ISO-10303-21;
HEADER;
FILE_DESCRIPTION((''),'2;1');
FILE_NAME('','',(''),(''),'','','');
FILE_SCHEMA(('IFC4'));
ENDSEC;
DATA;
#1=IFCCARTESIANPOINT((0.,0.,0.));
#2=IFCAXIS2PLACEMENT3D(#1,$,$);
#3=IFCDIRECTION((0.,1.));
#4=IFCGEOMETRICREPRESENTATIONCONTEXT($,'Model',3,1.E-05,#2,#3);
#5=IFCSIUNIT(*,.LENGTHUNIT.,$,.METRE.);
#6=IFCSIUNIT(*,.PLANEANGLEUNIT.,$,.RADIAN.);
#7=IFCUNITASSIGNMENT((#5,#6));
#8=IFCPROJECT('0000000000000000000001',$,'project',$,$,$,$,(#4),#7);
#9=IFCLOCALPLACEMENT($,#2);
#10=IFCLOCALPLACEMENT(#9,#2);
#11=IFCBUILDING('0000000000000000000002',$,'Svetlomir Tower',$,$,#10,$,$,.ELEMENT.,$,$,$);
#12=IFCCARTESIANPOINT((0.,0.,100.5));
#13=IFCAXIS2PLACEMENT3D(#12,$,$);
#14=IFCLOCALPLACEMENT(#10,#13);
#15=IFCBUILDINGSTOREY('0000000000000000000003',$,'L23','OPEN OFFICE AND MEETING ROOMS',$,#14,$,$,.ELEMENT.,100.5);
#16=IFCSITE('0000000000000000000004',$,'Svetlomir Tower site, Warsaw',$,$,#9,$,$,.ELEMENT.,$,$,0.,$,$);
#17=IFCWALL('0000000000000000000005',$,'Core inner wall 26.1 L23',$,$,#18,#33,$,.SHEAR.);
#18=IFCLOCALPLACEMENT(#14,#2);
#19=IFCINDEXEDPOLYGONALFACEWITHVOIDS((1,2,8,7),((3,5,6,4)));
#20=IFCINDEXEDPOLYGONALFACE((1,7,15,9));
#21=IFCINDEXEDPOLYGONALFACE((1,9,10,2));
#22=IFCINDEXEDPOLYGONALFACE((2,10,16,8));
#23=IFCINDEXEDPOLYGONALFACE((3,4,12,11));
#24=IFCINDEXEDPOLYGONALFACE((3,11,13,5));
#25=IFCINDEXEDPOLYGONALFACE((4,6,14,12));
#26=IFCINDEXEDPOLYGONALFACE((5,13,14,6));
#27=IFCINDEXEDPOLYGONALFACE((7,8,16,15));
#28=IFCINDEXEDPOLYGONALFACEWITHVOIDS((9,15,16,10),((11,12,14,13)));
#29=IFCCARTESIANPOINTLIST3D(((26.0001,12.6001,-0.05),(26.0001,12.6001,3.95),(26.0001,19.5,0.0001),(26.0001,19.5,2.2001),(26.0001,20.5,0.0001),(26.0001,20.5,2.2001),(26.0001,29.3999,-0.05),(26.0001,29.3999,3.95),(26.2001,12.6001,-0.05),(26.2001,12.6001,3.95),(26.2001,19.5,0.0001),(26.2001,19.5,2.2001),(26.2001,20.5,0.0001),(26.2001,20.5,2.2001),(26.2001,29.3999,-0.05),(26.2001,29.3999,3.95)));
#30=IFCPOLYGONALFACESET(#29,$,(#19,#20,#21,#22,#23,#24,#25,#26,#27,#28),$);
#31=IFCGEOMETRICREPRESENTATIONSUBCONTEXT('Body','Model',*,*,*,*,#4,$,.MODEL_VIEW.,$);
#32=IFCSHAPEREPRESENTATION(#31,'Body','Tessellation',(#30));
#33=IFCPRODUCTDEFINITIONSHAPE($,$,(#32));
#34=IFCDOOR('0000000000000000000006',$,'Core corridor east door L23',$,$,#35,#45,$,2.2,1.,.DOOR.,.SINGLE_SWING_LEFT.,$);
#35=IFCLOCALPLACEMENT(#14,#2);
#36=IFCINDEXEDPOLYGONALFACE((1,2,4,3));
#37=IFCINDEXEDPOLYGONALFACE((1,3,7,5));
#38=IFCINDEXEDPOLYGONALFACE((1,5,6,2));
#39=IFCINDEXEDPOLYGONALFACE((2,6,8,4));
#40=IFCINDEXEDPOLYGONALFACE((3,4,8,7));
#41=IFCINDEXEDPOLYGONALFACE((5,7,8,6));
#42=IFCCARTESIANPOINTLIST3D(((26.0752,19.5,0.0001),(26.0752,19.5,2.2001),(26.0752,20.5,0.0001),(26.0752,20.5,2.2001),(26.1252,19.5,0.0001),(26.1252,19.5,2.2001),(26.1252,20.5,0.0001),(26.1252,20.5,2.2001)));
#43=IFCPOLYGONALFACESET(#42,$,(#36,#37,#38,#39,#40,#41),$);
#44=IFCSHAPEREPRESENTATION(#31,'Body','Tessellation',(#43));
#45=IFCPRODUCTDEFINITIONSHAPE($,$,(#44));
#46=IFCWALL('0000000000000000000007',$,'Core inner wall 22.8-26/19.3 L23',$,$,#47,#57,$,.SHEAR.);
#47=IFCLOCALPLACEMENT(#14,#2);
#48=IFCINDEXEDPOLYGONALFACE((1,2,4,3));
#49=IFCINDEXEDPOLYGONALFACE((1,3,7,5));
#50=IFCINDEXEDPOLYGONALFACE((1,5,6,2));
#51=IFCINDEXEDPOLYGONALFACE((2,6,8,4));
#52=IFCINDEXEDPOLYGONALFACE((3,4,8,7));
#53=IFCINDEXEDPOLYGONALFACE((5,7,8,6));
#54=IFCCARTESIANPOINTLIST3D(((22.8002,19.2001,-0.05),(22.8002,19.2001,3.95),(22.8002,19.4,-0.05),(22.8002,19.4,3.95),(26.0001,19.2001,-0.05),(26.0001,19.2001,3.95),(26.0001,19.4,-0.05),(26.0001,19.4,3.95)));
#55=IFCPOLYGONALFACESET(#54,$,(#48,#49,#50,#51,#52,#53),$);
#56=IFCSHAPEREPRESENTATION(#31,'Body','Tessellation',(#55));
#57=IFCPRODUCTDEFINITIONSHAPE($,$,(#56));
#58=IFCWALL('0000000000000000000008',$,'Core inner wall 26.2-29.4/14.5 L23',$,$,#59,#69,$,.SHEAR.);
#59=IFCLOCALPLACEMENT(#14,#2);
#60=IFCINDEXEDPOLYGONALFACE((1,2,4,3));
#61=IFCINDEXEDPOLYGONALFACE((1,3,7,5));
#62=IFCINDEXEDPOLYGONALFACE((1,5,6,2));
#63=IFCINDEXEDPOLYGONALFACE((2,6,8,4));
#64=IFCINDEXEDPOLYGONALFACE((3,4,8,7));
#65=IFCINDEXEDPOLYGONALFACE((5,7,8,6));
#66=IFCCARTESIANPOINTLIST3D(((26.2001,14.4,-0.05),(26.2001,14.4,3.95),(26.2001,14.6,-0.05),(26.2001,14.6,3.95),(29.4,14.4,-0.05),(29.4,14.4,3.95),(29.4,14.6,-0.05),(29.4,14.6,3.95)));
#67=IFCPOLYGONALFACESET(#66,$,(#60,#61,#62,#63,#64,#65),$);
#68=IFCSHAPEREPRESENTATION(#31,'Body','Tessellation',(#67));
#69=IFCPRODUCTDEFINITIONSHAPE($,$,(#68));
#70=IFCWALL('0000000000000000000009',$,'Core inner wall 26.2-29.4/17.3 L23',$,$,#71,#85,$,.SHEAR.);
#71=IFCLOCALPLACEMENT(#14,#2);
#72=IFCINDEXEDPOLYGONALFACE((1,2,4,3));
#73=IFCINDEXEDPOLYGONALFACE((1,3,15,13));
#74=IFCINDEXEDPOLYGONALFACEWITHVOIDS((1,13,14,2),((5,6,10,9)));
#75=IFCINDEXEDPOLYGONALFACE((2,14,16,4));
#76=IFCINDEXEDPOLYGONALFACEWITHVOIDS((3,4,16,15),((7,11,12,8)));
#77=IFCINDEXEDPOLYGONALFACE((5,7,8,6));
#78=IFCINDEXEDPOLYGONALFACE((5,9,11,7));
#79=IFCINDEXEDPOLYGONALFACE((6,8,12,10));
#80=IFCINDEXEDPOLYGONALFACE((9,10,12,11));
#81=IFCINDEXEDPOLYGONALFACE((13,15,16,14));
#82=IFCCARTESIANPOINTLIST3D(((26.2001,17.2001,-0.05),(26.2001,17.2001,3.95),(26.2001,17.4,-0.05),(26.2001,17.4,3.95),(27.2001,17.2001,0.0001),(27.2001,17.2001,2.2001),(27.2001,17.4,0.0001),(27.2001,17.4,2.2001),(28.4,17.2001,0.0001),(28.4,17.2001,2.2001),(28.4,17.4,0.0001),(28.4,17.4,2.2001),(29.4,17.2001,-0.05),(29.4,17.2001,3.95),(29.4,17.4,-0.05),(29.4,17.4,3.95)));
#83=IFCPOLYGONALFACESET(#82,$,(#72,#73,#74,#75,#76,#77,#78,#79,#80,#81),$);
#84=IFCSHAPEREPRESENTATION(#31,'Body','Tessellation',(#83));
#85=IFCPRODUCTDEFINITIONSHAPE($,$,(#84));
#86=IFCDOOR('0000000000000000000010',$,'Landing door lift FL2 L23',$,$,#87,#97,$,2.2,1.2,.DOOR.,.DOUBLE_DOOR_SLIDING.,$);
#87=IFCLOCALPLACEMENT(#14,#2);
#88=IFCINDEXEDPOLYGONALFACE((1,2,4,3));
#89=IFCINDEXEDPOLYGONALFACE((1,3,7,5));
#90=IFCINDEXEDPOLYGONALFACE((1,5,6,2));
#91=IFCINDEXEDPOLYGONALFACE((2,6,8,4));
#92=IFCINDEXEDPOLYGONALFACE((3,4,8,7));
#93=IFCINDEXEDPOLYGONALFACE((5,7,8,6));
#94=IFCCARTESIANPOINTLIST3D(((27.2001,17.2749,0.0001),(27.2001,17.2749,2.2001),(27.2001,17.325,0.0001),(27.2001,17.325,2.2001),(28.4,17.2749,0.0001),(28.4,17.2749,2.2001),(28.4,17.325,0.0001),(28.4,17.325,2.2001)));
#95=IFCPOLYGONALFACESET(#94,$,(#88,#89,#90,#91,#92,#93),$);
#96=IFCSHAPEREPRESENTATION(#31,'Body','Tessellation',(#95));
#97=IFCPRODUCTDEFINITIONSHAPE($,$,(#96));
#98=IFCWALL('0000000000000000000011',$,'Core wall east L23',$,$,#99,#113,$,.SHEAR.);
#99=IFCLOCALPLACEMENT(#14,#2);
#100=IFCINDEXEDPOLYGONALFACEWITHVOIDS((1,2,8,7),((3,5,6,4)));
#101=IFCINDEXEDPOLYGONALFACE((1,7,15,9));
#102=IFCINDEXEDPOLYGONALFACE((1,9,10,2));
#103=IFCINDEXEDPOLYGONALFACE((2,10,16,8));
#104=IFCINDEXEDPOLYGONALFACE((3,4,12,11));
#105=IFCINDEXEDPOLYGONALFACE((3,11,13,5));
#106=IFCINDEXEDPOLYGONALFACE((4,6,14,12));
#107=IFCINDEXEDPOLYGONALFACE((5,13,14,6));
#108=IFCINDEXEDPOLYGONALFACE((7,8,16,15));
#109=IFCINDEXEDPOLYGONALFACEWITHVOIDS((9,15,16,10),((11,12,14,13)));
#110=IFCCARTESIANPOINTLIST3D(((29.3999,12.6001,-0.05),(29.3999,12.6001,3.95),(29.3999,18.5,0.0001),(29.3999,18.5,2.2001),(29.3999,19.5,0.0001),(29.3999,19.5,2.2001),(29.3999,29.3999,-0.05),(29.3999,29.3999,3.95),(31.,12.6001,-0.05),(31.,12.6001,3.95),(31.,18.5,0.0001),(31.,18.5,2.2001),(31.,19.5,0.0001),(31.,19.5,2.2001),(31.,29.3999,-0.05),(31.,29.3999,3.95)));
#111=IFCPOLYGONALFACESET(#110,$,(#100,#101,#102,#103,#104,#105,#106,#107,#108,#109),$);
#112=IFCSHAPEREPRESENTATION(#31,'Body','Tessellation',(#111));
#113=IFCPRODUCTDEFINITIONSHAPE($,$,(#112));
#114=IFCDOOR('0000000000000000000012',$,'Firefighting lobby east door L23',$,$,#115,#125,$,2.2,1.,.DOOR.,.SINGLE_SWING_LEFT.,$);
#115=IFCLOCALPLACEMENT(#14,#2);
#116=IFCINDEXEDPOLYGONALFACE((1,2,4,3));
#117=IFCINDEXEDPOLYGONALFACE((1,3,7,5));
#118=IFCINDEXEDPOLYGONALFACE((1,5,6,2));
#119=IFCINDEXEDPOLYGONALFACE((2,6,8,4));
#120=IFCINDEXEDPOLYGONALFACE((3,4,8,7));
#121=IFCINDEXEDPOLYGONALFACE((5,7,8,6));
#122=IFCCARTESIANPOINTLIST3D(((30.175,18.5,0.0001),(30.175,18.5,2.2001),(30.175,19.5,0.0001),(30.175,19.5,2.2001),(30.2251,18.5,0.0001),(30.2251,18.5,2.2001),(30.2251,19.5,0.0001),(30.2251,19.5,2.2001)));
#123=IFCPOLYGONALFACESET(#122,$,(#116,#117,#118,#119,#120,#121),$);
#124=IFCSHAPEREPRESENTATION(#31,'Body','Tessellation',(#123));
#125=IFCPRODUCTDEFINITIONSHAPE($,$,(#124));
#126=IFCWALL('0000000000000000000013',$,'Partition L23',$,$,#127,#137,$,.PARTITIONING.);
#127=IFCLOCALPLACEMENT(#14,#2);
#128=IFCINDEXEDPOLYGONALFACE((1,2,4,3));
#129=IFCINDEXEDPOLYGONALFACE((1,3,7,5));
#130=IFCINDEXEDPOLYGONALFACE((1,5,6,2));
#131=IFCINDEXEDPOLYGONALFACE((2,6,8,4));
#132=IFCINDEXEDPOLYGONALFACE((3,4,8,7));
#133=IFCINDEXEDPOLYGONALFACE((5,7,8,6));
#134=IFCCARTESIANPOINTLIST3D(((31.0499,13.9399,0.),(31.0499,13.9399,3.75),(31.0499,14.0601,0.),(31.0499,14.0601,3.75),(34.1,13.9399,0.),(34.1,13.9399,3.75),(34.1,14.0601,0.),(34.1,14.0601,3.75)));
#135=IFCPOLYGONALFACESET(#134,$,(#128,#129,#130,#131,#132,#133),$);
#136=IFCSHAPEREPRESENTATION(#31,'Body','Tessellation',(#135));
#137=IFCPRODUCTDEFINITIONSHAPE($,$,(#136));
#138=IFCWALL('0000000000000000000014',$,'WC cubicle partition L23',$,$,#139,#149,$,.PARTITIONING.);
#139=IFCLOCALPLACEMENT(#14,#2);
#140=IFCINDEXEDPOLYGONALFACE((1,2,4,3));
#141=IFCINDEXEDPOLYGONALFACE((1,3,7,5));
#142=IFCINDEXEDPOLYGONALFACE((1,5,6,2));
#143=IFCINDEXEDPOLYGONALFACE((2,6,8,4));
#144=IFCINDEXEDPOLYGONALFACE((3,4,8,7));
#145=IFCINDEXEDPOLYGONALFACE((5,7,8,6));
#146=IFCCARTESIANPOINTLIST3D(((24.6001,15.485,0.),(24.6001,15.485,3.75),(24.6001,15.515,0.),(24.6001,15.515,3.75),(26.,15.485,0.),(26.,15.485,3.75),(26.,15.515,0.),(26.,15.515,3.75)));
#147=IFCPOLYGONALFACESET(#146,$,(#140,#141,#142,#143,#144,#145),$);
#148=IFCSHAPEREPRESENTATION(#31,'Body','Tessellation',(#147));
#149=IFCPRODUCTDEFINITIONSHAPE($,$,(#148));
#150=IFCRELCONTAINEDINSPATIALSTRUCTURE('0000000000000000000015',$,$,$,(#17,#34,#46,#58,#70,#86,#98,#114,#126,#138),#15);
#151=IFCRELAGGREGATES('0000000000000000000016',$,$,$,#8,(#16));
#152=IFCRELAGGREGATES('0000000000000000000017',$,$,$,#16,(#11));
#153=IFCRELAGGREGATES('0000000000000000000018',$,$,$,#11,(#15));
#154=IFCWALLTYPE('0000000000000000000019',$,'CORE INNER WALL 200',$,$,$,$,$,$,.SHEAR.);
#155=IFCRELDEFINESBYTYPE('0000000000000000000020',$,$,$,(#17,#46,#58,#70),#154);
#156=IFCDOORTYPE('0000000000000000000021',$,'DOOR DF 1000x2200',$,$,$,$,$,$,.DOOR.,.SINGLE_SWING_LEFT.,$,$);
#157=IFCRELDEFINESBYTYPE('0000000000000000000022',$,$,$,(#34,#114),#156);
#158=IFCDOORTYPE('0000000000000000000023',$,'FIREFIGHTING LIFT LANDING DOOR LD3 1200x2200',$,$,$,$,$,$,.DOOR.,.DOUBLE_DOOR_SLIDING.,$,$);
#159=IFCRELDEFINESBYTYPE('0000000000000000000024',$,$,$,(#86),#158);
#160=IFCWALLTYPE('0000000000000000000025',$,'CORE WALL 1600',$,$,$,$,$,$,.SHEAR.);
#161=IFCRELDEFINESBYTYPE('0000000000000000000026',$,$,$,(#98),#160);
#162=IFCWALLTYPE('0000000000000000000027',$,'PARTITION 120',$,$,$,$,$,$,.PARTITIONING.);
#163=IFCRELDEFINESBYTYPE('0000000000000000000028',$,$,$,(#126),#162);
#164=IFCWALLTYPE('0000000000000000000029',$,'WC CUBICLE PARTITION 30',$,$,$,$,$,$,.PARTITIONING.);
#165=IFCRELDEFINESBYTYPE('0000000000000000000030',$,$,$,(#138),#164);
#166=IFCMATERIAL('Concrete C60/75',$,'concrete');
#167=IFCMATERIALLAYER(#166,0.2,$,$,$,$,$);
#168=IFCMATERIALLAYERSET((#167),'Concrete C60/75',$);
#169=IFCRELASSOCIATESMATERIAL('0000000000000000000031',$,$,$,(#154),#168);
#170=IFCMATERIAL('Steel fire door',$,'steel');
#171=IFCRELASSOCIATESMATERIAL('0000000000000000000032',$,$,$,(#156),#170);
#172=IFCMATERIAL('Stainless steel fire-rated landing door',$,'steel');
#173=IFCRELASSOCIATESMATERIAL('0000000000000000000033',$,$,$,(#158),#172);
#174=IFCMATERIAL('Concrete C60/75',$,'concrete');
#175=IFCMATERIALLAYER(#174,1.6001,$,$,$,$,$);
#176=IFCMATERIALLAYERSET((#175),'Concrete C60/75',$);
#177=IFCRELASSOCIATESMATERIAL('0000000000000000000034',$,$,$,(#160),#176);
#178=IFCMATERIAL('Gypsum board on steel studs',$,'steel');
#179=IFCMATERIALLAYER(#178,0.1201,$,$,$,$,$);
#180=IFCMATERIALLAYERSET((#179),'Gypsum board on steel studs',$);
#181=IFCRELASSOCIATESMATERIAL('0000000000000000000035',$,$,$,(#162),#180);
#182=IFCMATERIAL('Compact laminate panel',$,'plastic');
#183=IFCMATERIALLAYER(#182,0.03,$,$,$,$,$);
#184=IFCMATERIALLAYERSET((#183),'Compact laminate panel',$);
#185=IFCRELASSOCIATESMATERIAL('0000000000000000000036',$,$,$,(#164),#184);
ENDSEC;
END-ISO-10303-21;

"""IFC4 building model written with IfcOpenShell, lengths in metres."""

from ifc_helpers import new_model, si_unit, direction, frame, frame_2d, origin, place, context, subcontext, project, spatial, rectangle, extrude, material, layer, layer_set, type_object, element, fill, save


model = new_model("IFC4")

# Units and contexts
model_context = context("Model", 3, precision=1e-05, world=origin(), true_north=direction((0.0, 1.0)))
body_context = subcontext(model_context, "Body", "Model", "MODEL_VIEW")
ifc_project = project(units=[si_unit("LENGTHUNIT", "METRE"), si_unit("PLANEANGLEUNIT", "RADIAN")], contexts=[model_context])

# Site, building, storey
site_placement = place(None, origin())
site = spatial("IfcSite", under=ifc_project, at=site_placement, Name="Svetlomir Tower site, Warsaw", CompositionType="ELEMENT", RefElevation=0.0)
building_placement = place(site_placement, origin())
building = spatial("IfcBuilding", under=site, at=building_placement, Name="Svetlomir Tower", CompositionType="ELEMENT")
storey_placement = place(building_placement, frame((0.0, 0.0, 100.5)))
storey = spatial("IfcBuildingStorey", under=building, at=storey_placement, Name="L23", Description="OPEN OFFICE AND MEETING ROOMS", CompositionType="ELEMENT", Elevation=100.5)

# Wall, opening, door
ifc_material_1 = material(Name="Concrete C60/75", Category="concrete")
ifc_layer_1 = layer(ifc_material_1, 0.2)
ifc_layer_set_1 = layer_set([ifc_layer_1], Name="Concrete C60/75")
wall_type_1 = type_object("IfcWallType", Name="CORE INNER WALL 200", PredefinedType="SHEAR", material=ifc_layer_set_1)
wall_1_placement = place(storey_placement, frame((26.1001, 12.6001, -0.05), z_axis=(0.0, 0.0, 1.0), x_axis=(0.0, 1.0, 0.0)))
wall_1 = element("IfcWall", 1, at=wall_1_placement, inside=storey, type_object=wall_type_1, Name="Core inner wall 26.1 L23", PredefinedType="SHEAR", context=body_context, shape_type="SweptSolid", body=[
    extrude(rectangle(XDim=16.7998, YDim=0.2, at=frame_2d((8.3999, 0.0))), origin(), (0.0, 0.0, 1.0), 4.0),
])
opening_1_placement = place(wall_1_placement, frame((6.8999, 0.0, 0.05)))
opening_1 = element("IfcOpeningElement", 2, at=opening_1_placement, cuts=wall_1, PredefinedType="OPENING", context=body_context, shape_type="SweptSolid", body=[
    extrude(rectangle(XDim=1.0, YDim=2.2, at=frame_2d((0.5, 1.1001))), frame((0.0, 0.1099, 0.0), z_axis=(0.0, -1.0, 0.0), x_axis=(1.0, 0.0, 0.0)), (0.0, 0.0, 1.0), 0.22),
])
ifc_material_2 = material(Name="Steel fire door", Category="steel")
door_type_1 = type_object("IfcDoorType", Name="DOOR DF 1000x2200", OperationType="SINGLE_SWING_LEFT", PredefinedType="DOOR", material=ifc_material_2)
door_1_placement = place(opening_1_placement, origin())
door_1 = element("IfcDoor", 3, at=door_1_placement, inside=storey, type_object=door_type_1, Name="Core corridor east door L23", OperationType="SINGLE_SWING_LEFT", OverallHeight=2.2, OverallWidth=1.0, PredefinedType="DOOR", context=body_context, shape_type="SweptSolid", body=[
    extrude(rectangle(XDim=1.0, YDim=2.2, at=frame_2d((0.5, 1.1001))), frame((0.0, 0.0249, 0.0), z_axis=(0.0, -1.0, 0.0), x_axis=(1.0, 0.0, 0.0)), (0.0, 0.0, 1.0), 0.05),
])
fill(opening_1, door_1)

# Walls
for number, where, z_axis, x_axis, name in (
    (4, (22.8, 19.3, -0.05), (0.0, 0.0, 1.0), (1.0, 0.0, 0.0), "Core inner wall 22.8-26/19.3 L23"),
    (5, (26.2, 14.5, -0.05), (0.0, 0.0, 1.0), (1.0, 0.0, 0.0), "Core inner wall 26.2-29.4/14.5 L23"),
):
    element("IfcWall", number, at=place(storey_placement, frame(where, z_axis=z_axis, x_axis=x_axis)), inside=storey, type_object=wall_type_1, Name=name, PredefinedType="SHEAR", context=body_context, shape_type="SweptSolid", body=[
        extrude(rectangle(XDim=3.2, YDim=0.2, at=frame_2d((1.6001, 0.0))), origin(), (0.0, 0.0, 1.0), 4.0),
    ])

# Walls, openings, doors
wall_2_placement = place(storey_placement, frame((26.2, 17.3, -0.05), z_axis=(0.0, 0.0, 1.0), x_axis=(1.0, 0.0, 0.0)))
wall_2 = element("IfcWall", 6, at=wall_2_placement, inside=storey, type_object=wall_type_1, Name="Core inner wall 26.2-29.4/17.3 L23", PredefinedType="SHEAR", context=body_context, shape_type="SweptSolid", body=[
    extrude(rectangle(XDim=3.2, YDim=0.2, at=frame_2d((1.6001, 0.0))), origin(), (0.0, 0.0, 1.0), 4.0),
])
opening_2_placement = place(wall_2_placement, frame((1.0, 0.0, 0.05)))
opening_2 = element("IfcOpeningElement", 7, at=opening_2_placement, cuts=wall_2, PredefinedType="OPENING", context=body_context, shape_type="SweptSolid", body=[
    extrude(rectangle(XDim=1.2, YDim=2.2, at=frame_2d((0.6001, 1.1001))), frame((0.0, 0.1099, 0.0), z_axis=(0.0, -1.0, 0.0), x_axis=(1.0, 0.0, 0.0)), (0.0, 0.0, 1.0), 0.22),
])
ifc_material_3 = material(Name="Stainless steel fire-rated landing door", Category="steel")
door_type_2 = type_object("IfcDoorType", Name="FIREFIGHTING LIFT LANDING DOOR LD3 1200x2200", OperationType="DOUBLE_DOOR_SLIDING", PredefinedType="DOOR", material=ifc_material_3)
door_2_placement = place(opening_2_placement, origin())
door_2 = element("IfcDoor", 8, at=door_2_placement, inside=storey, type_object=door_type_2, Name="Landing door lift FL2 L23", OperationType="DOUBLE_DOOR_SLIDING", OverallHeight=2.2, OverallWidth=1.2, PredefinedType="DOOR", context=body_context, shape_type="SweptSolid", body=[
    extrude(rectangle(XDim=1.2, YDim=2.2, at=frame_2d((0.6001, 1.1001))), frame((0.0, 0.0249, 0.0), z_axis=(0.0, -1.0, 0.0), x_axis=(1.0, 0.0, 0.0)), (0.0, 0.0, 1.0), 0.05),
])
fill(opening_2, door_2)
ifc_material_4 = material(Name="Concrete C60/75", Category="concrete")
ifc_layer_2 = layer(ifc_material_4, 1.6001)
ifc_layer_set_2 = layer_set([ifc_layer_2], Name="Concrete C60/75")
wall_type_2 = type_object("IfcWallType", Name="CORE WALL 1600", PredefinedType="SHEAR", material=ifc_layer_set_2)
wall_3_placement = place(storey_placement, frame((30.2, 12.6001, -0.05), z_axis=(0.0, 0.0, 1.0), x_axis=(0.0, 1.0, 0.0)))
wall_3 = element("IfcWall", 9, at=wall_3_placement, inside=storey, type_object=wall_type_2, Name="Core wall east L23", PredefinedType="SHEAR", context=body_context, shape_type="SweptSolid", body=[
    extrude(rectangle(XDim=16.7998, YDim=1.6001, at=frame_2d((8.3999, 0.0))), origin(), (0.0, 0.0, 1.0), 4.0),
])
opening_3_placement = place(wall_3_placement, frame((5.8999, 0.0, 0.05)))
opening_3 = element("IfcOpeningElement", 10, at=opening_3_placement, cuts=wall_3, PredefinedType="OPENING", context=body_context, shape_type="SweptSolid", body=[
    extrude(rectangle(XDim=1.0, YDim=2.2, at=frame_2d((0.5, 1.1001))), frame((0.0, 0.8101, 0.0), z_axis=(0.0, -1.0, 0.0), x_axis=(1.0, 0.0, 0.0)), (0.0, 0.0, 1.0), 1.6201),
])
door_3_placement = place(opening_3_placement, origin())
door_3 = element("IfcDoor", 11, at=door_3_placement, inside=storey, type_object=door_type_1, Name="Firefighting lobby east door L23", OperationType="SINGLE_SWING_LEFT", OverallHeight=2.2, OverallWidth=1.0, PredefinedType="DOOR", context=body_context, shape_type="SweptSolid", body=[
    extrude(rectangle(XDim=1.0, YDim=2.2, at=frame_2d((0.5, 1.1001))), frame((0.0, 0.0249, 0.0), z_axis=(0.0, -1.0, 0.0), x_axis=(1.0, 0.0, 0.0)), (0.0, 0.0, 1.0), 0.05),
])
fill(opening_3, door_3)

# Walls
ifc_material_5 = material(Name="Gypsum board on steel studs", Category="steel")
ifc_layer_3 = layer(ifc_material_5, 0.1201)
ifc_layer_set_3 = layer_set([ifc_layer_3], Name="Gypsum board on steel studs")
wall_type_3 = type_object("IfcWallType", Name="PARTITION 120", PredefinedType="PARTITIONING", material=ifc_layer_set_3)
wall_4_placement = place(storey_placement, frame((31.05, 14.0, 0.0), z_axis=(0.0, 0.0, 1.0), x_axis=(1.0, 0.0, 0.0)))
element("IfcWall", 12, at=wall_4_placement, inside=storey, type_object=wall_type_3, Name="Partition L23", PredefinedType="PARTITIONING", context=body_context, shape_type="SweptSolid", body=[
    extrude(rectangle(XDim=3.05, YDim=0.1201, at=frame_2d((1.5249, 0.0))), origin(), (0.0, 0.0, 1.0), 3.75),
])
ifc_material_6 = material(Name="Compact laminate panel", Category="plastic")
ifc_layer_4 = layer(ifc_material_6, 0.03)
ifc_layer_set_4 = layer_set([ifc_layer_4], Name="Compact laminate panel")
wall_type_4 = type_object("IfcWallType", Name="WC CUBICLE PARTITION 30", PredefinedType="PARTITIONING", material=ifc_layer_set_4)
wall_5_placement = place(storey_placement, frame((24.6001, 15.5, 0.0), z_axis=(0.0, 0.0, 1.0), x_axis=(1.0, 0.0, 0.0)))
element("IfcWall", 13, at=wall_5_placement, inside=storey, type_object=wall_type_4, Name="WC cubicle partition L23", PredefinedType="PARTITIONING", context=body_context, shape_type="SweptSolid", body=[
    extrude(rectangle(XDim=1.3999, YDim=0.03, at=frame_2d((0.7, 0.0))), origin(), (0.0, 0.0, 1.0), 3.75),
])

save(model, "model.ifc")
